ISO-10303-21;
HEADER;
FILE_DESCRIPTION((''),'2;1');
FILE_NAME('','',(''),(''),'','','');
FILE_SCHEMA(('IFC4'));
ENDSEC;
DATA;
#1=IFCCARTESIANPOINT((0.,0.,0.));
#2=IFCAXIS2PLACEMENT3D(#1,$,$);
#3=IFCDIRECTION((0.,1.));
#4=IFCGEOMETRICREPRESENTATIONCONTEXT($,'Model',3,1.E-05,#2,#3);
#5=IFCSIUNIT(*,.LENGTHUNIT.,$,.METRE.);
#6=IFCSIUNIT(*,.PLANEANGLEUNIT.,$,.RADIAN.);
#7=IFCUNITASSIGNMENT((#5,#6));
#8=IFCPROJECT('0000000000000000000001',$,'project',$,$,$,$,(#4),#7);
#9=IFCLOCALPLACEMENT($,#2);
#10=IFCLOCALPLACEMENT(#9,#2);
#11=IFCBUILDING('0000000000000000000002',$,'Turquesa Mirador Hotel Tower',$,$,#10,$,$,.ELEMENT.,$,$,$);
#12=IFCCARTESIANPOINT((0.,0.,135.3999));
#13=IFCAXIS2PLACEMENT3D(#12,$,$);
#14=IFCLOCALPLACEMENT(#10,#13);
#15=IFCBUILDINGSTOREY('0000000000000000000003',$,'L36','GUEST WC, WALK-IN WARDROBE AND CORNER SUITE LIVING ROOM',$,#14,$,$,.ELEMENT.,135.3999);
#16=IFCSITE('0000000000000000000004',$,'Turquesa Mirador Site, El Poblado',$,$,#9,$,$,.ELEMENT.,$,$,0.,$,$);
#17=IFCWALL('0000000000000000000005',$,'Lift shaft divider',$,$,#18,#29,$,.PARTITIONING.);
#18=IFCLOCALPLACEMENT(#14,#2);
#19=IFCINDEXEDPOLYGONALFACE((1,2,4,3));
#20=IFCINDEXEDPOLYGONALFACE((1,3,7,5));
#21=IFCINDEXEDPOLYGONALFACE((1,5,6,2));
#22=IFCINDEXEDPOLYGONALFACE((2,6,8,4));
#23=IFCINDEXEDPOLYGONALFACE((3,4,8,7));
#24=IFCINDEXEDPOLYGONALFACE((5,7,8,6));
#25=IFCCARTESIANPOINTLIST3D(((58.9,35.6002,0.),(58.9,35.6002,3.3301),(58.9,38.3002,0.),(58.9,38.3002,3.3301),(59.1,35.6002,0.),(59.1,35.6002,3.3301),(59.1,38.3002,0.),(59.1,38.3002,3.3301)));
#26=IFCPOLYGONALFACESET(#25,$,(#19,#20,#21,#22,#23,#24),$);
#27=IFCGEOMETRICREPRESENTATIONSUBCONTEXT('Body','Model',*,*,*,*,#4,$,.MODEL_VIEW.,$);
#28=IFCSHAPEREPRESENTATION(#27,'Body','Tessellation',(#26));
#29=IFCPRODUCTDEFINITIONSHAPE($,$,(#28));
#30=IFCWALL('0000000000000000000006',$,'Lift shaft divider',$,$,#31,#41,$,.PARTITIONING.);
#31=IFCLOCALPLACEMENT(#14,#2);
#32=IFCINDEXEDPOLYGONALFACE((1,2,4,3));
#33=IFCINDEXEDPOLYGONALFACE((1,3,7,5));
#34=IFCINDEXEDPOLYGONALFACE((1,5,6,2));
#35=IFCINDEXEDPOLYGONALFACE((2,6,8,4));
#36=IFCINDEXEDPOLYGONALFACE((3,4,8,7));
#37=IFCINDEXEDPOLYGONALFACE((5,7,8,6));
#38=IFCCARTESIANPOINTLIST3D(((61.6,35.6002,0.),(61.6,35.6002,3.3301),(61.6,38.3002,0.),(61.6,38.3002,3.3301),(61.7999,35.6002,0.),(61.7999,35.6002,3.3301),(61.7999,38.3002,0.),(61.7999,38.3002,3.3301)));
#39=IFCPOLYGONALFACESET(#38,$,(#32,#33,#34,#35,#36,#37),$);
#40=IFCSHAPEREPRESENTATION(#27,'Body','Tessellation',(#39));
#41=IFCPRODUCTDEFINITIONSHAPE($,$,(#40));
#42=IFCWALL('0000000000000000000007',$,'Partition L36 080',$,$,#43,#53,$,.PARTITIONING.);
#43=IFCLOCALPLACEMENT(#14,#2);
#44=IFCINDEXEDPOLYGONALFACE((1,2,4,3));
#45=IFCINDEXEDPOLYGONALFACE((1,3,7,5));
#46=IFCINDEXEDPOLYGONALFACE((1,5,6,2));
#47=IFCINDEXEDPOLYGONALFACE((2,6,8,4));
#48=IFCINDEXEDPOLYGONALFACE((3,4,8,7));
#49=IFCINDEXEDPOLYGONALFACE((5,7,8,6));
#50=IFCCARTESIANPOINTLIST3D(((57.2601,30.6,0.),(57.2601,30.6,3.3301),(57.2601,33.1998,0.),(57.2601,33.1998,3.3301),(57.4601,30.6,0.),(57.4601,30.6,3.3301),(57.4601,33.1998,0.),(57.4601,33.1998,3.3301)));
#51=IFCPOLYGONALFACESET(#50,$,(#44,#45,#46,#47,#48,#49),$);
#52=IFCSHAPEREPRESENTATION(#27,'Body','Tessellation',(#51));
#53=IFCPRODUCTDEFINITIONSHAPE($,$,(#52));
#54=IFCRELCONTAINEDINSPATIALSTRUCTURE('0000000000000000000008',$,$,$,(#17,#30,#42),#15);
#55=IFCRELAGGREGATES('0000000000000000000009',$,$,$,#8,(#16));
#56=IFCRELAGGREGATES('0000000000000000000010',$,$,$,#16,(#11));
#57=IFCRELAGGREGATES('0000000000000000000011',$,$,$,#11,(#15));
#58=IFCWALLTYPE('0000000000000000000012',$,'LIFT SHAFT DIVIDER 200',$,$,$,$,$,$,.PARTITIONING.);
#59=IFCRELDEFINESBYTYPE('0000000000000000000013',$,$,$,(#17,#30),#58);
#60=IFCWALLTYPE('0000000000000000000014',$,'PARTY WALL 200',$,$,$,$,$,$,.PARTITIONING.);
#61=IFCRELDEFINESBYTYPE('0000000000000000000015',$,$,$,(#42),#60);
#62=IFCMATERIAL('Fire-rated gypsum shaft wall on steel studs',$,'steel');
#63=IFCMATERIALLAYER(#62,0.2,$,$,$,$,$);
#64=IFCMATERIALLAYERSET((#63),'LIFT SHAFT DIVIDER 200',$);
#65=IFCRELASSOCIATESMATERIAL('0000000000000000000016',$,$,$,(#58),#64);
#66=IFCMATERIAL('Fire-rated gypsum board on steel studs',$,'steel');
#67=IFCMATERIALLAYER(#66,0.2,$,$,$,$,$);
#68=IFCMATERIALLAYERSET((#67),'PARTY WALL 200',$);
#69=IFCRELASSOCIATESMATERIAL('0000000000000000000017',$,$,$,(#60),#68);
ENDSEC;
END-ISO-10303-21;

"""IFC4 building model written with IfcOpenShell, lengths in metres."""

from ifc_helpers import new_model, si_unit, direction, frame, frame_2d, origin, place, context, subcontext, project, spatial, rectangle, extrude, material, layer, layer_set, type_object, element, save


model = new_model("IFC4")

# Units and contexts
model_context = context("Model", 3, precision=1e-05, world=origin(), true_north=direction((0.0, 1.0)))
body_context = subcontext(model_context, "Body", "Model", "MODEL_VIEW")
ifc_project = project(units=[si_unit("LENGTHUNIT", "METRE"), si_unit("PLANEANGLEUNIT", "RADIAN")], contexts=[model_context])

# Site, building, storey
site_placement = place(None, origin())
site = spatial("IfcSite", under=ifc_project, at=site_placement, Name="Turquesa Mirador Site, El Poblado", CompositionType="ELEMENT", RefElevation=0.0)
building_placement = place(site_placement, origin())
building = spatial("IfcBuilding", under=site, at=building_placement, Name="Turquesa Mirador Hotel Tower", CompositionType="ELEMENT")
storey_placement = place(building_placement, frame((0.0, 0.0, 135.3999)))
storey = spatial("IfcBuildingStorey", under=building, at=storey_placement, Name="L36", Description="GUEST WC, WALK-IN WARDROBE AND CORNER SUITE LIVING ROOM", CompositionType="ELEMENT", Elevation=135.3999)

# Walls
ifc_material_1 = material(Name="Fire-rated gypsum shaft wall on steel studs", Category="steel")
ifc_layer_1 = layer(ifc_material_1, 0.2)
ifc_layer_set_1 = layer_set([ifc_layer_1], Name="LIFT SHAFT DIVIDER 200")
wall_type_1 = type_object("IfcWallType", Name="LIFT SHAFT DIVIDER 200", PredefinedType="PARTITIONING", material=ifc_layer_set_1)
for number, where, z_axis, x_axis, name in (
    (1, (59.0, 35.6001, 0.0), (0.0, 0.0, 1.0), (0.0, 1.0, 0.0), "Lift shaft divider"),
    (2, (61.7, 35.6001, 0.0), (0.0, 0.0, 1.0), (0.0, 1.0, 0.0), "Lift shaft divider"),
):
    element("IfcWall", number, at=place(storey_placement, frame(where, z_axis=z_axis, x_axis=x_axis)), inside=storey, type_object=wall_type_1, Name=name, PredefinedType="PARTITIONING", context=body_context, shape_type="SweptSolid", body=[
        extrude(rectangle(XDim=2.7, YDim=0.2, at=frame_2d((1.3501, 0.0))), origin(), (0.0, 0.0, 1.0), 3.3301),
    ])
ifc_material_2 = material(Name="Fire-rated gypsum board on steel studs", Category="steel")
ifc_layer_2 = layer(ifc_material_2, 0.2)
ifc_layer_set_2 = layer_set([ifc_layer_2], Name="PARTY WALL 200")
wall_type_2 = type_object("IfcWallType", Name="PARTY WALL 200", PredefinedType="PARTITIONING", material=ifc_layer_set_2)
wall_1_placement = place(storey_placement, frame((57.3601, 30.6001, 0.0), z_axis=(0.0, 0.0, 1.0), x_axis=(0.0, 1.0, 0.0)))
element("IfcWall", 3, at=wall_1_placement, inside=storey, type_object=wall_type_2, Name="Partition L36 080", PredefinedType="PARTITIONING", context=body_context, shape_type="SweptSolid", body=[
    extrude(rectangle(XDim=2.5999, YDim=0.2, at=frame_2d((1.2998, 0.0))), origin(), (0.0, 0.0, 1.0), 3.3301),
])

save(model, "model.ifc")
